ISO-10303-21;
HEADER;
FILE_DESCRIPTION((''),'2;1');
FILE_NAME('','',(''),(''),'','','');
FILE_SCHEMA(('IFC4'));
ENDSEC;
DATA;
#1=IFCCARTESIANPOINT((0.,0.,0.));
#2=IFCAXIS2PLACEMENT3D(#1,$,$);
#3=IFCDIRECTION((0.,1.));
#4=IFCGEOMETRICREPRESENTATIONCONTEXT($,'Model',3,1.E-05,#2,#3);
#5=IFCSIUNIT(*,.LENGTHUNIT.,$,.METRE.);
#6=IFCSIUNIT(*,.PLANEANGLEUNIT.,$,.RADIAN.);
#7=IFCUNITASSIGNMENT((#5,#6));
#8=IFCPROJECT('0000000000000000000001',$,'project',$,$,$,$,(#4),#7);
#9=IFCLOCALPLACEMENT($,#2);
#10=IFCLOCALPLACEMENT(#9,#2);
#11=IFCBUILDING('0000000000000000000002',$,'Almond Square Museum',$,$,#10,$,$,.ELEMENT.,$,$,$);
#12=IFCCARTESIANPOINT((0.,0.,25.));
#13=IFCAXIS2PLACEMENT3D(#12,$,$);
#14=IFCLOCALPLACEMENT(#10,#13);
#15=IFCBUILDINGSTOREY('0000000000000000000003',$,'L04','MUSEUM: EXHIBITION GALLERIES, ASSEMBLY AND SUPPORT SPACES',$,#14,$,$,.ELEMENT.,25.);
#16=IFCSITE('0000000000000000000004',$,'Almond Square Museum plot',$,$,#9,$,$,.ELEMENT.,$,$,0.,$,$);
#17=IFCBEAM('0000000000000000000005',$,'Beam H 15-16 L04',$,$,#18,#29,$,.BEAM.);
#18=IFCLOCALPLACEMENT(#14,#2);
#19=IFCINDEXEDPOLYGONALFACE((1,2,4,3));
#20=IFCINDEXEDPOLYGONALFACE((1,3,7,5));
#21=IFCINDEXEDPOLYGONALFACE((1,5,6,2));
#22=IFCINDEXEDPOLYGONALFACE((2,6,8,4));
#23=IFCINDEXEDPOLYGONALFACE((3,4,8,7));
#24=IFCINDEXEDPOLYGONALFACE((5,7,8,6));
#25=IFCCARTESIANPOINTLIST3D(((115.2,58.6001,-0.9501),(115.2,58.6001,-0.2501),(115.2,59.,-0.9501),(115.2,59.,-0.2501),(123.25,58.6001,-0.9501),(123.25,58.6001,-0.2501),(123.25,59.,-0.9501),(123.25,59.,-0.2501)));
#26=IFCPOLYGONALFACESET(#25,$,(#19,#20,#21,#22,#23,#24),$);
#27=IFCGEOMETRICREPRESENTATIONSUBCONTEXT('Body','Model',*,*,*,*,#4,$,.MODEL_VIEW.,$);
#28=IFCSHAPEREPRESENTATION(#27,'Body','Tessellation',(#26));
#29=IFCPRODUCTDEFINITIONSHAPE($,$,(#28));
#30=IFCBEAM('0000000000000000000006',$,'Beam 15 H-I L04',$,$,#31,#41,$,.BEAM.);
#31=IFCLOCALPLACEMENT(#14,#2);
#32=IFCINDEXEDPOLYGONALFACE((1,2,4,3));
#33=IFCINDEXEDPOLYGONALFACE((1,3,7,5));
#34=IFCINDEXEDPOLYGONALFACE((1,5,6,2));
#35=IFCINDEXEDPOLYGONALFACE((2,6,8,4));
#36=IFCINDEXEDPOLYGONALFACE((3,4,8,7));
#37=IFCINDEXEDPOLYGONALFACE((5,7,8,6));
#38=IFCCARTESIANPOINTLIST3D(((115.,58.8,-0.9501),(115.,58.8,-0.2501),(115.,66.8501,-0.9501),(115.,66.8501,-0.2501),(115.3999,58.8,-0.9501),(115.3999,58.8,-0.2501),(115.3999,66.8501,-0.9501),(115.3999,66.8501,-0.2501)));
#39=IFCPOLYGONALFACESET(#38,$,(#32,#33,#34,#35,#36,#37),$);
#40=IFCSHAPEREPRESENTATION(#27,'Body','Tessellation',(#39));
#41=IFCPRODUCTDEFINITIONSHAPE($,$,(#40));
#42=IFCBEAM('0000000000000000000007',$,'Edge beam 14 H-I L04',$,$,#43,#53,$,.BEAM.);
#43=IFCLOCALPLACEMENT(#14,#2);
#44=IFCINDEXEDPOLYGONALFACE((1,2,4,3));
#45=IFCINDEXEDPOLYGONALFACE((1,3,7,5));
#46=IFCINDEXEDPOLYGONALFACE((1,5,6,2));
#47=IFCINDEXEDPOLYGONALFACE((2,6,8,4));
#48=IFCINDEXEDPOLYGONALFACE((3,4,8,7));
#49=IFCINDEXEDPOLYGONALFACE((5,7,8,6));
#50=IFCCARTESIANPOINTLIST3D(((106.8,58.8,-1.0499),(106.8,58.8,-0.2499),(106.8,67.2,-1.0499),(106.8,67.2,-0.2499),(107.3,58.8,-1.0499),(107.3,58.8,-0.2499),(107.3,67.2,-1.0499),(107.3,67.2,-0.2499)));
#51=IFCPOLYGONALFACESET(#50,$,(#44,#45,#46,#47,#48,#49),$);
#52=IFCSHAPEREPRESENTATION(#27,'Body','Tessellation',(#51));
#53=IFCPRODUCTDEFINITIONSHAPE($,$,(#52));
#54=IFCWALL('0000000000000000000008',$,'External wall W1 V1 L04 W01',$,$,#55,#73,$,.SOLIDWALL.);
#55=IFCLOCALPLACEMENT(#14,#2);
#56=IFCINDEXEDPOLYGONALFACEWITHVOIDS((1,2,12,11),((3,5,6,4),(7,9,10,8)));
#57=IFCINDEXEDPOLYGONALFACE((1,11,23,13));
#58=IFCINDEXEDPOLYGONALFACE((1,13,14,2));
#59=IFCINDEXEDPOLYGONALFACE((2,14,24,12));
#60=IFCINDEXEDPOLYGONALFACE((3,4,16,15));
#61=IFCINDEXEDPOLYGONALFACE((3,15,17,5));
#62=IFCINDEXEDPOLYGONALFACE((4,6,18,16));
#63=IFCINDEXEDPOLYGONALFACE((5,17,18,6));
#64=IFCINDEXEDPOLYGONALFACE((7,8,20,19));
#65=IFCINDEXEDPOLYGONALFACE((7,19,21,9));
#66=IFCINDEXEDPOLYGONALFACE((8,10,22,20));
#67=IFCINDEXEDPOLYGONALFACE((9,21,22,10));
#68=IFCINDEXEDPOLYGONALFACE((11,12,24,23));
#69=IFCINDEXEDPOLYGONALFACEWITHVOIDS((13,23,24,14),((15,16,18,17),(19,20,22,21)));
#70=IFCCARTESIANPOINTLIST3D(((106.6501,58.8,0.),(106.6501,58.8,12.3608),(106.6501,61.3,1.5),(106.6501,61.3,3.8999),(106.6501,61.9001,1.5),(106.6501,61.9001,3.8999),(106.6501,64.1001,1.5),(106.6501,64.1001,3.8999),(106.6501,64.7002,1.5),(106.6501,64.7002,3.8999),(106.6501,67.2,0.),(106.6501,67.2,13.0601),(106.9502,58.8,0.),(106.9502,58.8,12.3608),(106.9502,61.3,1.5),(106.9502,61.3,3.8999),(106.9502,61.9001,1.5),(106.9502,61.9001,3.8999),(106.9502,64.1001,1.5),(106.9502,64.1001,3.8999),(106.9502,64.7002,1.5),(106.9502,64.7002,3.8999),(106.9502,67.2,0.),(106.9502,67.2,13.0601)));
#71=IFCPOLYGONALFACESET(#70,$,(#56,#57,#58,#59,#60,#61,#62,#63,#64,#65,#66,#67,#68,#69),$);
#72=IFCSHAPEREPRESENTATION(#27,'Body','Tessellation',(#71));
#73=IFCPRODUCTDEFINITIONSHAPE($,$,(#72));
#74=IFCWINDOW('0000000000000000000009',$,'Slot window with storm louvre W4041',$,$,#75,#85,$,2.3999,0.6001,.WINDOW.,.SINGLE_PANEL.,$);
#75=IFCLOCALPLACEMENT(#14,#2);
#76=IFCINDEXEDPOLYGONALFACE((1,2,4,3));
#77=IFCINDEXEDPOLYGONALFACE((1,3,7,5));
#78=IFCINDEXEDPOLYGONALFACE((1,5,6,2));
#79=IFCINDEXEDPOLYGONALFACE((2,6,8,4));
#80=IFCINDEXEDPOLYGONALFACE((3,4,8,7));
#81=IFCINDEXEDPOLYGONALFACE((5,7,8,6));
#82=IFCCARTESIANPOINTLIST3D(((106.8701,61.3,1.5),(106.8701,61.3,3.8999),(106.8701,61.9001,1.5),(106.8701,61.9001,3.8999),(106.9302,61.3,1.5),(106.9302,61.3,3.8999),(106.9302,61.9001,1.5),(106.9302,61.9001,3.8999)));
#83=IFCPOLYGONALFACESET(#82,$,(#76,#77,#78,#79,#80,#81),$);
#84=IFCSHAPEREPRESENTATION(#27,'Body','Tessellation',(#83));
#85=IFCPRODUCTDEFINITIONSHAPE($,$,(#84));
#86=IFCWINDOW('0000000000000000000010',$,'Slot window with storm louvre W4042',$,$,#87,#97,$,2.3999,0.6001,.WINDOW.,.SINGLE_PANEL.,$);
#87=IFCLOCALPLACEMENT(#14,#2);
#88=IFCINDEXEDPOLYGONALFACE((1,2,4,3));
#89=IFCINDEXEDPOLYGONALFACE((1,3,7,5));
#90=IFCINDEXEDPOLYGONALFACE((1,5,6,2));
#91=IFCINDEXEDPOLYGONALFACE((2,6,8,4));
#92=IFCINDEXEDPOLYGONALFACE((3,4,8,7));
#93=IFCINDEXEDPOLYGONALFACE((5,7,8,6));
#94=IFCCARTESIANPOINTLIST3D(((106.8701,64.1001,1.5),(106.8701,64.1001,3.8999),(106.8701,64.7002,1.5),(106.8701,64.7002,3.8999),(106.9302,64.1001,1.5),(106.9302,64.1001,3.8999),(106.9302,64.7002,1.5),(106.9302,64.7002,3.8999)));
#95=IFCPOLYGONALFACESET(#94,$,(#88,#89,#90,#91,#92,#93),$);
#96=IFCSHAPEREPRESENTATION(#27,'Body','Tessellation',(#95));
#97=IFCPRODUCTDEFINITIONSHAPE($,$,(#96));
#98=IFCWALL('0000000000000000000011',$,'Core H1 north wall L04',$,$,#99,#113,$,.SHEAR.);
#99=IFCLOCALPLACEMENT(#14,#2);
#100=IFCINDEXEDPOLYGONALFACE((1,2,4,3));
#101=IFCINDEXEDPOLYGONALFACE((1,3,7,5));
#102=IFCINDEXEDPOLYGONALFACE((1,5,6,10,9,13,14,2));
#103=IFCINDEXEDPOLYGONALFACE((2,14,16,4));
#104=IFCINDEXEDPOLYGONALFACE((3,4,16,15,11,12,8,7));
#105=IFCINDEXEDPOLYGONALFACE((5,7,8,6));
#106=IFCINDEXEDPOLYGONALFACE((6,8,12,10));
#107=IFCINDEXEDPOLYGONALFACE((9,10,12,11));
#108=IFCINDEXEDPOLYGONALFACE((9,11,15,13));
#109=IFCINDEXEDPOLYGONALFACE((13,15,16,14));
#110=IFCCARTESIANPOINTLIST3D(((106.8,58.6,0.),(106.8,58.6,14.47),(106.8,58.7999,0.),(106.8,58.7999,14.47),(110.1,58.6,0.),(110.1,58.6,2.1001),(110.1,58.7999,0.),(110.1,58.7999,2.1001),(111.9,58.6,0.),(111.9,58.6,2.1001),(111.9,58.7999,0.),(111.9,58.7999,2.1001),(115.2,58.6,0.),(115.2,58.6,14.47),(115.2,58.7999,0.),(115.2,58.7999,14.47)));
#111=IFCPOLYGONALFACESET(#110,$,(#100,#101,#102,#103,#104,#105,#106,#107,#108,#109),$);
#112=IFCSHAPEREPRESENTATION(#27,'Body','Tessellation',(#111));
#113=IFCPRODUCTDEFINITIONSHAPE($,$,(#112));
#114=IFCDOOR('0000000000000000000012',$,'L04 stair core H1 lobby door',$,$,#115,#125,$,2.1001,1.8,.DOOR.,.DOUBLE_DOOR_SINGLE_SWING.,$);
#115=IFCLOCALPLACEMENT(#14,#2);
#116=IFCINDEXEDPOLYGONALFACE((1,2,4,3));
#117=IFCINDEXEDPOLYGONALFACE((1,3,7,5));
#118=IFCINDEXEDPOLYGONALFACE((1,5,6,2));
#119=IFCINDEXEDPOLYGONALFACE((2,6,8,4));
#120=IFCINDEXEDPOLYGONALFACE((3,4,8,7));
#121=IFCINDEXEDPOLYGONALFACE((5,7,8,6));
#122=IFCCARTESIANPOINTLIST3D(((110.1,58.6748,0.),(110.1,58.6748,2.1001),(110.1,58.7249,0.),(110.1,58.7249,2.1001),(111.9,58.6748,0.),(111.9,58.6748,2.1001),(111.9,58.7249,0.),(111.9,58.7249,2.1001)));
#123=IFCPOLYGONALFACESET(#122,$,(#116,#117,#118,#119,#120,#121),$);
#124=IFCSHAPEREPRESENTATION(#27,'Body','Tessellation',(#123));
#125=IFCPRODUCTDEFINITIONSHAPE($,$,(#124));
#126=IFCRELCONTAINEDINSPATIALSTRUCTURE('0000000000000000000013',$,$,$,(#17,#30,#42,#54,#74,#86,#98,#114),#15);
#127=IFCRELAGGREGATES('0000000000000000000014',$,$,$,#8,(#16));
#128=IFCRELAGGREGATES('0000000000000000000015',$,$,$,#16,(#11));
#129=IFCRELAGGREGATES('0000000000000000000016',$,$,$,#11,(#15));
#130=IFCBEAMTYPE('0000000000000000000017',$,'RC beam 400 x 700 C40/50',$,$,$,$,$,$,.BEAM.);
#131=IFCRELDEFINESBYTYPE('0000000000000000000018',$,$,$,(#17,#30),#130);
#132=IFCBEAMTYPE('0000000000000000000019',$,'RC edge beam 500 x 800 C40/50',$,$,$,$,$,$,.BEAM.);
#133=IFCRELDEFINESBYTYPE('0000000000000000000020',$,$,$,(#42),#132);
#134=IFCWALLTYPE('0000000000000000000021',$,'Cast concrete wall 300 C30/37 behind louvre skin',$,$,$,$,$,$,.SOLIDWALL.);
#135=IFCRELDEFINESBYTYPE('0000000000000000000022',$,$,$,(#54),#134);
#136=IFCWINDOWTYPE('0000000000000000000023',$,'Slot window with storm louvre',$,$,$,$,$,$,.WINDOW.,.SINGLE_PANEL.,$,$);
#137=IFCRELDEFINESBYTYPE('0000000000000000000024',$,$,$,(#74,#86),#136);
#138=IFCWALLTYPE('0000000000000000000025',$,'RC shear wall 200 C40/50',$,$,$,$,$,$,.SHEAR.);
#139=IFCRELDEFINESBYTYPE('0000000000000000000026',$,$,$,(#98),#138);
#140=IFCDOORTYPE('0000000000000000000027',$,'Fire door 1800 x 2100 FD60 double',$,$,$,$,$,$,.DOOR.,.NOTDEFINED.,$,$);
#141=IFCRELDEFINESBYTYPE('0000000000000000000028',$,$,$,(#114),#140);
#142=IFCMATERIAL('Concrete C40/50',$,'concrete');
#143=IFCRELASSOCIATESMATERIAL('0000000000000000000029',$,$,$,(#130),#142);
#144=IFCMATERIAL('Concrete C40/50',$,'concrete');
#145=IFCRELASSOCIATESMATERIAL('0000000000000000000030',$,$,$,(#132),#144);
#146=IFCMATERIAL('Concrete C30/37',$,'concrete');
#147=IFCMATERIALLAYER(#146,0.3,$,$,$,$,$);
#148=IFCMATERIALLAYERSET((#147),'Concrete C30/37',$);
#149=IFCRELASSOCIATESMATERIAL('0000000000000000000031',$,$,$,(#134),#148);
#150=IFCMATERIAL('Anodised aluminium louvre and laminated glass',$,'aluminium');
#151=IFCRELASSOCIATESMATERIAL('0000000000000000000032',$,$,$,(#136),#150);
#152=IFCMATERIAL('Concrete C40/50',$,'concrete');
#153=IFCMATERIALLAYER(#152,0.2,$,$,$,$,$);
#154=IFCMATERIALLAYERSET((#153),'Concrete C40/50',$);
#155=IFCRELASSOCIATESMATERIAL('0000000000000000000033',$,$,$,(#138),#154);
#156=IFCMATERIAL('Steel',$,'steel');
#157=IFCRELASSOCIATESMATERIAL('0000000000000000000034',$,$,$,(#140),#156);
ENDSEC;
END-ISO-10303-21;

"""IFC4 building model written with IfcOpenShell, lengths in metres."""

from ifc_helpers import new_model, si_unit, direction, frame, frame_2d, origin, origin_2d, place, context, subcontext, project, spatial, polyline, rectangle, outline, extrude, material, layer, layer_set, material_profile, profile_set, type_object, element, fill, save


model = new_model("IFC4")

# Units and contexts
model_context = context("Model", 3, precision=1e-05, world=origin(), true_north=direction((0.0, 1.0)))
body_context = subcontext(model_context, "Body", "Model", "MODEL_VIEW")
ifc_project = project(units=[si_unit("LENGTHUNIT", "METRE"), si_unit("PLANEANGLEUNIT", "RADIAN")], contexts=[model_context])

# Site, building, storey
site_placement = place(None, origin())
site = spatial("IfcSite", under=ifc_project, at=site_placement, Name="Almond Square Museum plot", CompositionType="ELEMENT", RefElevation=0.0)
building_placement = place(site_placement, origin())
building = spatial("IfcBuilding", under=site, at=building_placement, Name="Almond Square Museum", CompositionType="ELEMENT")
storey_placement = place(building_placement, frame((0.0, 0.0, 25.0)))
storey = spatial("IfcBuildingStorey", under=building, at=storey_placement, Name="L04", Description="MUSEUM: EXHIBITION GALLERIES, ASSEMBLY AND SUPPORT SPACES", CompositionType="ELEMENT", Elevation=25.0)

# Beams
ifc_material_1 = material(Name="Concrete C40/50", Category="concrete")
ifc_material_profile_1 = material_profile(ifc_material_1, rectangle(XDim=0.3999, YDim=0.7, at=origin_2d()))
ifc_profile_set_1 = profile_set([ifc_material_profile_1], Name="Concrete C40/50")
beam_type_1 = type_object("IfcBeamType", Name="RC beam 400 x 700 C40/50", PredefinedType="BEAM", material=ifc_profile_set_1)
for number, where, z_axis, x_axis, name in (
    (1, (115.2, 58.8, -0.6001), (1.0, 0.0, 0.0), (0.0, 1.0, 0.0), "Beam H 15-16 L04"),
    (2, (115.2, 58.8, -0.6001), (0.0, 1.0, 0.0), (-1.0, 0.0, 0.0), "Beam 15 H-I L04"),
):
    element("IfcBeam", number, at=place(storey_placement, frame(where, z_axis=z_axis, x_axis=x_axis)), inside=storey, type_object=beam_type_1, Name=name, PredefinedType="BEAM", context=body_context, shape_type="SweptSolid", body=[
        extrude(rectangle(XDim=0.3999, YDim=0.7, at=origin_2d()), origin(), (0.0, 0.0, 1.0), 8.05),
    ])
ifc_material_2 = material(Name="Concrete C40/50", Category="concrete")
ifc_material_profile_2 = material_profile(ifc_material_2, rectangle(XDim=0.5, YDim=0.8, at=origin_2d()))
ifc_profile_set_2 = profile_set([ifc_material_profile_2], Name="Concrete C40/50")
beam_type_2 = type_object("IfcBeamType", Name="RC edge beam 500 x 800 C40/50", PredefinedType="BEAM", material=ifc_profile_set_2)
beam_placement = place(storey_placement, frame((107.05, 58.8, -0.6499), z_axis=(0.0, 1.0, 0.0), x_axis=(-1.0, 0.0, 0.0)))
element("IfcBeam", 3, at=beam_placement, inside=storey, type_object=beam_type_2, Name="Edge beam 14 H-I L04", PredefinedType="BEAM", context=body_context, shape_type="SweptSolid", body=[
    extrude(rectangle(XDim=0.5, YDim=0.8, at=origin_2d()), origin(), (0.0, 0.0, 1.0), 8.3999),
])

# Wall, openings, windows
ifc_material_3 = material(Name="Concrete C30/37", Category="concrete")
ifc_layer_1 = layer(ifc_material_3, 0.3)
ifc_layer_set_1 = layer_set([ifc_layer_1], Name="Concrete C30/37")
wall_type_1 = type_object("IfcWallType", Name="Cast concrete wall 300 C30/37 behind louvre skin", PredefinedType="SOLIDWALL", material=ifc_layer_set_1)
wall_1_placement = place(storey_placement, frame((106.8, 58.8, 0.0), z_axis=(0.0, 0.0, 1.0), x_axis=(0.0, 1.0, 0.0)))
wall_1 = element("IfcWall", 4, at=wall_1_placement, inside=storey, type_object=wall_type_1, Name="External wall W1 V1 L04 W01", PredefinedType="SOLIDWALL", context=body_context, shape_type="SweptSolid", body=[
    extrude(outline(polyline([(0.0, 0.0), (8.3999, 0.0), (8.3999, 13.0601), (0.0, 12.3608), (0.0, 0.0)])), frame((0.0, 0.1499, 0.0), z_axis=(0.0, -1.0, 0.0), x_axis=(1.0, 0.0, 0.0)), (0.0, 0.0, 1.0), 0.3),
])
opening_1_placement = place(wall_1_placement, frame((2.5, 0.0, 1.5)))
opening_1 = element("IfcOpeningElement", 5, at=opening_1_placement, cuts=wall_1, PredefinedType="OPENING", context=body_context, shape_type="SweptSolid", body=[
    extrude(rectangle(XDim=0.6001, YDim=2.3999, at=frame_2d((0.3, 1.2))), frame((0.0, 0.1599, 0.0), z_axis=(0.0, -1.0, 0.0), x_axis=(1.0, 0.0, 0.0)), (0.0, 0.0, 1.0), 0.3201),
])
opening_2_placement = place(wall_1_placement, frame((5.3, 0.0, 1.5)))
opening_2 = element("IfcOpeningElement", 6, at=opening_2_placement, cuts=wall_1, PredefinedType="OPENING", context=body_context, shape_type="SweptSolid", body=[
    extrude(rectangle(XDim=0.6001, YDim=2.3999, at=frame_2d((0.3, 1.2))), frame((0.0, 0.1599, 0.0), z_axis=(0.0, -1.0, 0.0), x_axis=(1.0, 0.0, 0.0)), (0.0, 0.0, 1.0), 0.3201),
])
ifc_material_4 = material(Name="Anodised aluminium louvre and laminated glass", Category="aluminium")
window_type = type_object("IfcWindowType", Name="Slot window with storm louvre", PartitioningType="SINGLE_PANEL", PredefinedType="WINDOW", material=ifc_material_4)
window_1_placement = place(opening_1_placement, origin())
window_1 = element("IfcWindow", 7, at=window_1_placement, inside=storey, type_object=window_type, Name="Slot window with storm louvre W4041", OverallHeight=2.3999, OverallWidth=0.6001, PartitioningType="SINGLE_PANEL", PredefinedType="WINDOW", context=body_context, shape_type="SweptSolid", body=[
    extrude(rectangle(XDim=0.6001, YDim=2.3999, at=frame_2d((0.3, 1.2))), frame((0.0, -0.0701, 0.0), z_axis=(0.0, -1.0, 0.0), x_axis=(1.0, 0.0, 0.0)), (0.0, 0.0, 1.0), 0.0601),
])
fill(opening_1, window_1)
window_2_placement = place(opening_2_placement, origin())
window_2 = element("IfcWindow", 8, at=window_2_placement, inside=storey, type_object=window_type, Name="Slot window with storm louvre W4042", OverallHeight=2.3999, OverallWidth=0.6001, PartitioningType="SINGLE_PANEL", PredefinedType="WINDOW", context=body_context, shape_type="SweptSolid", body=[
    extrude(rectangle(XDim=0.6001, YDim=2.3999, at=frame_2d((0.3, 1.2))), frame((0.0, -0.0701, 0.0), z_axis=(0.0, -1.0, 0.0), x_axis=(1.0, 0.0, 0.0)), (0.0, 0.0, 1.0), 0.0601),
])
fill(opening_2, window_2)

# Wall, opening, door
ifc_material_5 = material(Name="Concrete C40/50", Category="concrete")
ifc_layer_2 = layer(ifc_material_5, 0.2)
ifc_layer_set_2 = layer_set([ifc_layer_2], Name="Concrete C40/50")
wall_type_2 = type_object("IfcWallType", Name="RC shear wall 200 C40/50", PredefinedType="SHEAR", material=ifc_layer_set_2)
wall_2_placement = place(storey_placement, frame((106.8, 58.7, 0.0), z_axis=(0.0, 0.0, 1.0), x_axis=(1.0, 0.0, 0.0)))
wall_2 = element("IfcWall", 9, at=wall_2_placement, inside=storey, type_object=wall_type_2, Name="Core H1 north wall L04", PredefinedType="SHEAR", context=body_context, shape_type="SweptSolid", body=[
    extrude(rectangle(XDim=8.3999, YDim=0.2, at=frame_2d((4.2, 0.0))), origin(), (0.0, 0.0, 1.0), 14.47),
])
opening_3_placement = place(wall_2_placement, frame((3.3, 0.0, 0.0)))
opening_3 = element("IfcOpeningElement", 10, at=opening_3_placement, cuts=wall_2, PredefinedType="OPENING", context=body_context, shape_type="SweptSolid", body=[
    extrude(rectangle(XDim=1.8, YDim=2.1001, at=frame_2d((0.8999, 1.05))), frame((0.0, 0.1099, 0.0), z_axis=(0.0, -1.0, 0.0), x_axis=(1.0, 0.0, 0.0)), (0.0, 0.0, 1.0), 0.22),
])
ifc_material_6 = material(Name="Steel", Category="steel")
door_type_1 = type_object("IfcDoorType", Name="Fire door 1800 x 2100 FD60 double", OperationType="NOTDEFINED", PredefinedType="DOOR", material=ifc_material_6)
door_1_placement = place(opening_3_placement, origin())
door_1 = element("IfcDoor", 11, at=door_1_placement, inside=storey, type_object=door_type_1, Name="L04 stair core H1 lobby door", OperationType="DOUBLE_DOOR_SINGLE_SWING", OverallHeight=2.1001, OverallWidth=1.8, PredefinedType="DOOR", context=body_context, shape_type="SweptSolid", body=[
    extrude(rectangle(XDim=1.8, YDim=2.1001, at=frame_2d((0.8999, 1.05))), frame((0.0, 0.0249, 0.0), z_axis=(0.0, -1.0, 0.0), x_axis=(1.0, 0.0, 0.0)), (0.0, 0.0, 1.0), 0.05),
])
fill(opening_3, door_1)

save(model, "model.ifc")
